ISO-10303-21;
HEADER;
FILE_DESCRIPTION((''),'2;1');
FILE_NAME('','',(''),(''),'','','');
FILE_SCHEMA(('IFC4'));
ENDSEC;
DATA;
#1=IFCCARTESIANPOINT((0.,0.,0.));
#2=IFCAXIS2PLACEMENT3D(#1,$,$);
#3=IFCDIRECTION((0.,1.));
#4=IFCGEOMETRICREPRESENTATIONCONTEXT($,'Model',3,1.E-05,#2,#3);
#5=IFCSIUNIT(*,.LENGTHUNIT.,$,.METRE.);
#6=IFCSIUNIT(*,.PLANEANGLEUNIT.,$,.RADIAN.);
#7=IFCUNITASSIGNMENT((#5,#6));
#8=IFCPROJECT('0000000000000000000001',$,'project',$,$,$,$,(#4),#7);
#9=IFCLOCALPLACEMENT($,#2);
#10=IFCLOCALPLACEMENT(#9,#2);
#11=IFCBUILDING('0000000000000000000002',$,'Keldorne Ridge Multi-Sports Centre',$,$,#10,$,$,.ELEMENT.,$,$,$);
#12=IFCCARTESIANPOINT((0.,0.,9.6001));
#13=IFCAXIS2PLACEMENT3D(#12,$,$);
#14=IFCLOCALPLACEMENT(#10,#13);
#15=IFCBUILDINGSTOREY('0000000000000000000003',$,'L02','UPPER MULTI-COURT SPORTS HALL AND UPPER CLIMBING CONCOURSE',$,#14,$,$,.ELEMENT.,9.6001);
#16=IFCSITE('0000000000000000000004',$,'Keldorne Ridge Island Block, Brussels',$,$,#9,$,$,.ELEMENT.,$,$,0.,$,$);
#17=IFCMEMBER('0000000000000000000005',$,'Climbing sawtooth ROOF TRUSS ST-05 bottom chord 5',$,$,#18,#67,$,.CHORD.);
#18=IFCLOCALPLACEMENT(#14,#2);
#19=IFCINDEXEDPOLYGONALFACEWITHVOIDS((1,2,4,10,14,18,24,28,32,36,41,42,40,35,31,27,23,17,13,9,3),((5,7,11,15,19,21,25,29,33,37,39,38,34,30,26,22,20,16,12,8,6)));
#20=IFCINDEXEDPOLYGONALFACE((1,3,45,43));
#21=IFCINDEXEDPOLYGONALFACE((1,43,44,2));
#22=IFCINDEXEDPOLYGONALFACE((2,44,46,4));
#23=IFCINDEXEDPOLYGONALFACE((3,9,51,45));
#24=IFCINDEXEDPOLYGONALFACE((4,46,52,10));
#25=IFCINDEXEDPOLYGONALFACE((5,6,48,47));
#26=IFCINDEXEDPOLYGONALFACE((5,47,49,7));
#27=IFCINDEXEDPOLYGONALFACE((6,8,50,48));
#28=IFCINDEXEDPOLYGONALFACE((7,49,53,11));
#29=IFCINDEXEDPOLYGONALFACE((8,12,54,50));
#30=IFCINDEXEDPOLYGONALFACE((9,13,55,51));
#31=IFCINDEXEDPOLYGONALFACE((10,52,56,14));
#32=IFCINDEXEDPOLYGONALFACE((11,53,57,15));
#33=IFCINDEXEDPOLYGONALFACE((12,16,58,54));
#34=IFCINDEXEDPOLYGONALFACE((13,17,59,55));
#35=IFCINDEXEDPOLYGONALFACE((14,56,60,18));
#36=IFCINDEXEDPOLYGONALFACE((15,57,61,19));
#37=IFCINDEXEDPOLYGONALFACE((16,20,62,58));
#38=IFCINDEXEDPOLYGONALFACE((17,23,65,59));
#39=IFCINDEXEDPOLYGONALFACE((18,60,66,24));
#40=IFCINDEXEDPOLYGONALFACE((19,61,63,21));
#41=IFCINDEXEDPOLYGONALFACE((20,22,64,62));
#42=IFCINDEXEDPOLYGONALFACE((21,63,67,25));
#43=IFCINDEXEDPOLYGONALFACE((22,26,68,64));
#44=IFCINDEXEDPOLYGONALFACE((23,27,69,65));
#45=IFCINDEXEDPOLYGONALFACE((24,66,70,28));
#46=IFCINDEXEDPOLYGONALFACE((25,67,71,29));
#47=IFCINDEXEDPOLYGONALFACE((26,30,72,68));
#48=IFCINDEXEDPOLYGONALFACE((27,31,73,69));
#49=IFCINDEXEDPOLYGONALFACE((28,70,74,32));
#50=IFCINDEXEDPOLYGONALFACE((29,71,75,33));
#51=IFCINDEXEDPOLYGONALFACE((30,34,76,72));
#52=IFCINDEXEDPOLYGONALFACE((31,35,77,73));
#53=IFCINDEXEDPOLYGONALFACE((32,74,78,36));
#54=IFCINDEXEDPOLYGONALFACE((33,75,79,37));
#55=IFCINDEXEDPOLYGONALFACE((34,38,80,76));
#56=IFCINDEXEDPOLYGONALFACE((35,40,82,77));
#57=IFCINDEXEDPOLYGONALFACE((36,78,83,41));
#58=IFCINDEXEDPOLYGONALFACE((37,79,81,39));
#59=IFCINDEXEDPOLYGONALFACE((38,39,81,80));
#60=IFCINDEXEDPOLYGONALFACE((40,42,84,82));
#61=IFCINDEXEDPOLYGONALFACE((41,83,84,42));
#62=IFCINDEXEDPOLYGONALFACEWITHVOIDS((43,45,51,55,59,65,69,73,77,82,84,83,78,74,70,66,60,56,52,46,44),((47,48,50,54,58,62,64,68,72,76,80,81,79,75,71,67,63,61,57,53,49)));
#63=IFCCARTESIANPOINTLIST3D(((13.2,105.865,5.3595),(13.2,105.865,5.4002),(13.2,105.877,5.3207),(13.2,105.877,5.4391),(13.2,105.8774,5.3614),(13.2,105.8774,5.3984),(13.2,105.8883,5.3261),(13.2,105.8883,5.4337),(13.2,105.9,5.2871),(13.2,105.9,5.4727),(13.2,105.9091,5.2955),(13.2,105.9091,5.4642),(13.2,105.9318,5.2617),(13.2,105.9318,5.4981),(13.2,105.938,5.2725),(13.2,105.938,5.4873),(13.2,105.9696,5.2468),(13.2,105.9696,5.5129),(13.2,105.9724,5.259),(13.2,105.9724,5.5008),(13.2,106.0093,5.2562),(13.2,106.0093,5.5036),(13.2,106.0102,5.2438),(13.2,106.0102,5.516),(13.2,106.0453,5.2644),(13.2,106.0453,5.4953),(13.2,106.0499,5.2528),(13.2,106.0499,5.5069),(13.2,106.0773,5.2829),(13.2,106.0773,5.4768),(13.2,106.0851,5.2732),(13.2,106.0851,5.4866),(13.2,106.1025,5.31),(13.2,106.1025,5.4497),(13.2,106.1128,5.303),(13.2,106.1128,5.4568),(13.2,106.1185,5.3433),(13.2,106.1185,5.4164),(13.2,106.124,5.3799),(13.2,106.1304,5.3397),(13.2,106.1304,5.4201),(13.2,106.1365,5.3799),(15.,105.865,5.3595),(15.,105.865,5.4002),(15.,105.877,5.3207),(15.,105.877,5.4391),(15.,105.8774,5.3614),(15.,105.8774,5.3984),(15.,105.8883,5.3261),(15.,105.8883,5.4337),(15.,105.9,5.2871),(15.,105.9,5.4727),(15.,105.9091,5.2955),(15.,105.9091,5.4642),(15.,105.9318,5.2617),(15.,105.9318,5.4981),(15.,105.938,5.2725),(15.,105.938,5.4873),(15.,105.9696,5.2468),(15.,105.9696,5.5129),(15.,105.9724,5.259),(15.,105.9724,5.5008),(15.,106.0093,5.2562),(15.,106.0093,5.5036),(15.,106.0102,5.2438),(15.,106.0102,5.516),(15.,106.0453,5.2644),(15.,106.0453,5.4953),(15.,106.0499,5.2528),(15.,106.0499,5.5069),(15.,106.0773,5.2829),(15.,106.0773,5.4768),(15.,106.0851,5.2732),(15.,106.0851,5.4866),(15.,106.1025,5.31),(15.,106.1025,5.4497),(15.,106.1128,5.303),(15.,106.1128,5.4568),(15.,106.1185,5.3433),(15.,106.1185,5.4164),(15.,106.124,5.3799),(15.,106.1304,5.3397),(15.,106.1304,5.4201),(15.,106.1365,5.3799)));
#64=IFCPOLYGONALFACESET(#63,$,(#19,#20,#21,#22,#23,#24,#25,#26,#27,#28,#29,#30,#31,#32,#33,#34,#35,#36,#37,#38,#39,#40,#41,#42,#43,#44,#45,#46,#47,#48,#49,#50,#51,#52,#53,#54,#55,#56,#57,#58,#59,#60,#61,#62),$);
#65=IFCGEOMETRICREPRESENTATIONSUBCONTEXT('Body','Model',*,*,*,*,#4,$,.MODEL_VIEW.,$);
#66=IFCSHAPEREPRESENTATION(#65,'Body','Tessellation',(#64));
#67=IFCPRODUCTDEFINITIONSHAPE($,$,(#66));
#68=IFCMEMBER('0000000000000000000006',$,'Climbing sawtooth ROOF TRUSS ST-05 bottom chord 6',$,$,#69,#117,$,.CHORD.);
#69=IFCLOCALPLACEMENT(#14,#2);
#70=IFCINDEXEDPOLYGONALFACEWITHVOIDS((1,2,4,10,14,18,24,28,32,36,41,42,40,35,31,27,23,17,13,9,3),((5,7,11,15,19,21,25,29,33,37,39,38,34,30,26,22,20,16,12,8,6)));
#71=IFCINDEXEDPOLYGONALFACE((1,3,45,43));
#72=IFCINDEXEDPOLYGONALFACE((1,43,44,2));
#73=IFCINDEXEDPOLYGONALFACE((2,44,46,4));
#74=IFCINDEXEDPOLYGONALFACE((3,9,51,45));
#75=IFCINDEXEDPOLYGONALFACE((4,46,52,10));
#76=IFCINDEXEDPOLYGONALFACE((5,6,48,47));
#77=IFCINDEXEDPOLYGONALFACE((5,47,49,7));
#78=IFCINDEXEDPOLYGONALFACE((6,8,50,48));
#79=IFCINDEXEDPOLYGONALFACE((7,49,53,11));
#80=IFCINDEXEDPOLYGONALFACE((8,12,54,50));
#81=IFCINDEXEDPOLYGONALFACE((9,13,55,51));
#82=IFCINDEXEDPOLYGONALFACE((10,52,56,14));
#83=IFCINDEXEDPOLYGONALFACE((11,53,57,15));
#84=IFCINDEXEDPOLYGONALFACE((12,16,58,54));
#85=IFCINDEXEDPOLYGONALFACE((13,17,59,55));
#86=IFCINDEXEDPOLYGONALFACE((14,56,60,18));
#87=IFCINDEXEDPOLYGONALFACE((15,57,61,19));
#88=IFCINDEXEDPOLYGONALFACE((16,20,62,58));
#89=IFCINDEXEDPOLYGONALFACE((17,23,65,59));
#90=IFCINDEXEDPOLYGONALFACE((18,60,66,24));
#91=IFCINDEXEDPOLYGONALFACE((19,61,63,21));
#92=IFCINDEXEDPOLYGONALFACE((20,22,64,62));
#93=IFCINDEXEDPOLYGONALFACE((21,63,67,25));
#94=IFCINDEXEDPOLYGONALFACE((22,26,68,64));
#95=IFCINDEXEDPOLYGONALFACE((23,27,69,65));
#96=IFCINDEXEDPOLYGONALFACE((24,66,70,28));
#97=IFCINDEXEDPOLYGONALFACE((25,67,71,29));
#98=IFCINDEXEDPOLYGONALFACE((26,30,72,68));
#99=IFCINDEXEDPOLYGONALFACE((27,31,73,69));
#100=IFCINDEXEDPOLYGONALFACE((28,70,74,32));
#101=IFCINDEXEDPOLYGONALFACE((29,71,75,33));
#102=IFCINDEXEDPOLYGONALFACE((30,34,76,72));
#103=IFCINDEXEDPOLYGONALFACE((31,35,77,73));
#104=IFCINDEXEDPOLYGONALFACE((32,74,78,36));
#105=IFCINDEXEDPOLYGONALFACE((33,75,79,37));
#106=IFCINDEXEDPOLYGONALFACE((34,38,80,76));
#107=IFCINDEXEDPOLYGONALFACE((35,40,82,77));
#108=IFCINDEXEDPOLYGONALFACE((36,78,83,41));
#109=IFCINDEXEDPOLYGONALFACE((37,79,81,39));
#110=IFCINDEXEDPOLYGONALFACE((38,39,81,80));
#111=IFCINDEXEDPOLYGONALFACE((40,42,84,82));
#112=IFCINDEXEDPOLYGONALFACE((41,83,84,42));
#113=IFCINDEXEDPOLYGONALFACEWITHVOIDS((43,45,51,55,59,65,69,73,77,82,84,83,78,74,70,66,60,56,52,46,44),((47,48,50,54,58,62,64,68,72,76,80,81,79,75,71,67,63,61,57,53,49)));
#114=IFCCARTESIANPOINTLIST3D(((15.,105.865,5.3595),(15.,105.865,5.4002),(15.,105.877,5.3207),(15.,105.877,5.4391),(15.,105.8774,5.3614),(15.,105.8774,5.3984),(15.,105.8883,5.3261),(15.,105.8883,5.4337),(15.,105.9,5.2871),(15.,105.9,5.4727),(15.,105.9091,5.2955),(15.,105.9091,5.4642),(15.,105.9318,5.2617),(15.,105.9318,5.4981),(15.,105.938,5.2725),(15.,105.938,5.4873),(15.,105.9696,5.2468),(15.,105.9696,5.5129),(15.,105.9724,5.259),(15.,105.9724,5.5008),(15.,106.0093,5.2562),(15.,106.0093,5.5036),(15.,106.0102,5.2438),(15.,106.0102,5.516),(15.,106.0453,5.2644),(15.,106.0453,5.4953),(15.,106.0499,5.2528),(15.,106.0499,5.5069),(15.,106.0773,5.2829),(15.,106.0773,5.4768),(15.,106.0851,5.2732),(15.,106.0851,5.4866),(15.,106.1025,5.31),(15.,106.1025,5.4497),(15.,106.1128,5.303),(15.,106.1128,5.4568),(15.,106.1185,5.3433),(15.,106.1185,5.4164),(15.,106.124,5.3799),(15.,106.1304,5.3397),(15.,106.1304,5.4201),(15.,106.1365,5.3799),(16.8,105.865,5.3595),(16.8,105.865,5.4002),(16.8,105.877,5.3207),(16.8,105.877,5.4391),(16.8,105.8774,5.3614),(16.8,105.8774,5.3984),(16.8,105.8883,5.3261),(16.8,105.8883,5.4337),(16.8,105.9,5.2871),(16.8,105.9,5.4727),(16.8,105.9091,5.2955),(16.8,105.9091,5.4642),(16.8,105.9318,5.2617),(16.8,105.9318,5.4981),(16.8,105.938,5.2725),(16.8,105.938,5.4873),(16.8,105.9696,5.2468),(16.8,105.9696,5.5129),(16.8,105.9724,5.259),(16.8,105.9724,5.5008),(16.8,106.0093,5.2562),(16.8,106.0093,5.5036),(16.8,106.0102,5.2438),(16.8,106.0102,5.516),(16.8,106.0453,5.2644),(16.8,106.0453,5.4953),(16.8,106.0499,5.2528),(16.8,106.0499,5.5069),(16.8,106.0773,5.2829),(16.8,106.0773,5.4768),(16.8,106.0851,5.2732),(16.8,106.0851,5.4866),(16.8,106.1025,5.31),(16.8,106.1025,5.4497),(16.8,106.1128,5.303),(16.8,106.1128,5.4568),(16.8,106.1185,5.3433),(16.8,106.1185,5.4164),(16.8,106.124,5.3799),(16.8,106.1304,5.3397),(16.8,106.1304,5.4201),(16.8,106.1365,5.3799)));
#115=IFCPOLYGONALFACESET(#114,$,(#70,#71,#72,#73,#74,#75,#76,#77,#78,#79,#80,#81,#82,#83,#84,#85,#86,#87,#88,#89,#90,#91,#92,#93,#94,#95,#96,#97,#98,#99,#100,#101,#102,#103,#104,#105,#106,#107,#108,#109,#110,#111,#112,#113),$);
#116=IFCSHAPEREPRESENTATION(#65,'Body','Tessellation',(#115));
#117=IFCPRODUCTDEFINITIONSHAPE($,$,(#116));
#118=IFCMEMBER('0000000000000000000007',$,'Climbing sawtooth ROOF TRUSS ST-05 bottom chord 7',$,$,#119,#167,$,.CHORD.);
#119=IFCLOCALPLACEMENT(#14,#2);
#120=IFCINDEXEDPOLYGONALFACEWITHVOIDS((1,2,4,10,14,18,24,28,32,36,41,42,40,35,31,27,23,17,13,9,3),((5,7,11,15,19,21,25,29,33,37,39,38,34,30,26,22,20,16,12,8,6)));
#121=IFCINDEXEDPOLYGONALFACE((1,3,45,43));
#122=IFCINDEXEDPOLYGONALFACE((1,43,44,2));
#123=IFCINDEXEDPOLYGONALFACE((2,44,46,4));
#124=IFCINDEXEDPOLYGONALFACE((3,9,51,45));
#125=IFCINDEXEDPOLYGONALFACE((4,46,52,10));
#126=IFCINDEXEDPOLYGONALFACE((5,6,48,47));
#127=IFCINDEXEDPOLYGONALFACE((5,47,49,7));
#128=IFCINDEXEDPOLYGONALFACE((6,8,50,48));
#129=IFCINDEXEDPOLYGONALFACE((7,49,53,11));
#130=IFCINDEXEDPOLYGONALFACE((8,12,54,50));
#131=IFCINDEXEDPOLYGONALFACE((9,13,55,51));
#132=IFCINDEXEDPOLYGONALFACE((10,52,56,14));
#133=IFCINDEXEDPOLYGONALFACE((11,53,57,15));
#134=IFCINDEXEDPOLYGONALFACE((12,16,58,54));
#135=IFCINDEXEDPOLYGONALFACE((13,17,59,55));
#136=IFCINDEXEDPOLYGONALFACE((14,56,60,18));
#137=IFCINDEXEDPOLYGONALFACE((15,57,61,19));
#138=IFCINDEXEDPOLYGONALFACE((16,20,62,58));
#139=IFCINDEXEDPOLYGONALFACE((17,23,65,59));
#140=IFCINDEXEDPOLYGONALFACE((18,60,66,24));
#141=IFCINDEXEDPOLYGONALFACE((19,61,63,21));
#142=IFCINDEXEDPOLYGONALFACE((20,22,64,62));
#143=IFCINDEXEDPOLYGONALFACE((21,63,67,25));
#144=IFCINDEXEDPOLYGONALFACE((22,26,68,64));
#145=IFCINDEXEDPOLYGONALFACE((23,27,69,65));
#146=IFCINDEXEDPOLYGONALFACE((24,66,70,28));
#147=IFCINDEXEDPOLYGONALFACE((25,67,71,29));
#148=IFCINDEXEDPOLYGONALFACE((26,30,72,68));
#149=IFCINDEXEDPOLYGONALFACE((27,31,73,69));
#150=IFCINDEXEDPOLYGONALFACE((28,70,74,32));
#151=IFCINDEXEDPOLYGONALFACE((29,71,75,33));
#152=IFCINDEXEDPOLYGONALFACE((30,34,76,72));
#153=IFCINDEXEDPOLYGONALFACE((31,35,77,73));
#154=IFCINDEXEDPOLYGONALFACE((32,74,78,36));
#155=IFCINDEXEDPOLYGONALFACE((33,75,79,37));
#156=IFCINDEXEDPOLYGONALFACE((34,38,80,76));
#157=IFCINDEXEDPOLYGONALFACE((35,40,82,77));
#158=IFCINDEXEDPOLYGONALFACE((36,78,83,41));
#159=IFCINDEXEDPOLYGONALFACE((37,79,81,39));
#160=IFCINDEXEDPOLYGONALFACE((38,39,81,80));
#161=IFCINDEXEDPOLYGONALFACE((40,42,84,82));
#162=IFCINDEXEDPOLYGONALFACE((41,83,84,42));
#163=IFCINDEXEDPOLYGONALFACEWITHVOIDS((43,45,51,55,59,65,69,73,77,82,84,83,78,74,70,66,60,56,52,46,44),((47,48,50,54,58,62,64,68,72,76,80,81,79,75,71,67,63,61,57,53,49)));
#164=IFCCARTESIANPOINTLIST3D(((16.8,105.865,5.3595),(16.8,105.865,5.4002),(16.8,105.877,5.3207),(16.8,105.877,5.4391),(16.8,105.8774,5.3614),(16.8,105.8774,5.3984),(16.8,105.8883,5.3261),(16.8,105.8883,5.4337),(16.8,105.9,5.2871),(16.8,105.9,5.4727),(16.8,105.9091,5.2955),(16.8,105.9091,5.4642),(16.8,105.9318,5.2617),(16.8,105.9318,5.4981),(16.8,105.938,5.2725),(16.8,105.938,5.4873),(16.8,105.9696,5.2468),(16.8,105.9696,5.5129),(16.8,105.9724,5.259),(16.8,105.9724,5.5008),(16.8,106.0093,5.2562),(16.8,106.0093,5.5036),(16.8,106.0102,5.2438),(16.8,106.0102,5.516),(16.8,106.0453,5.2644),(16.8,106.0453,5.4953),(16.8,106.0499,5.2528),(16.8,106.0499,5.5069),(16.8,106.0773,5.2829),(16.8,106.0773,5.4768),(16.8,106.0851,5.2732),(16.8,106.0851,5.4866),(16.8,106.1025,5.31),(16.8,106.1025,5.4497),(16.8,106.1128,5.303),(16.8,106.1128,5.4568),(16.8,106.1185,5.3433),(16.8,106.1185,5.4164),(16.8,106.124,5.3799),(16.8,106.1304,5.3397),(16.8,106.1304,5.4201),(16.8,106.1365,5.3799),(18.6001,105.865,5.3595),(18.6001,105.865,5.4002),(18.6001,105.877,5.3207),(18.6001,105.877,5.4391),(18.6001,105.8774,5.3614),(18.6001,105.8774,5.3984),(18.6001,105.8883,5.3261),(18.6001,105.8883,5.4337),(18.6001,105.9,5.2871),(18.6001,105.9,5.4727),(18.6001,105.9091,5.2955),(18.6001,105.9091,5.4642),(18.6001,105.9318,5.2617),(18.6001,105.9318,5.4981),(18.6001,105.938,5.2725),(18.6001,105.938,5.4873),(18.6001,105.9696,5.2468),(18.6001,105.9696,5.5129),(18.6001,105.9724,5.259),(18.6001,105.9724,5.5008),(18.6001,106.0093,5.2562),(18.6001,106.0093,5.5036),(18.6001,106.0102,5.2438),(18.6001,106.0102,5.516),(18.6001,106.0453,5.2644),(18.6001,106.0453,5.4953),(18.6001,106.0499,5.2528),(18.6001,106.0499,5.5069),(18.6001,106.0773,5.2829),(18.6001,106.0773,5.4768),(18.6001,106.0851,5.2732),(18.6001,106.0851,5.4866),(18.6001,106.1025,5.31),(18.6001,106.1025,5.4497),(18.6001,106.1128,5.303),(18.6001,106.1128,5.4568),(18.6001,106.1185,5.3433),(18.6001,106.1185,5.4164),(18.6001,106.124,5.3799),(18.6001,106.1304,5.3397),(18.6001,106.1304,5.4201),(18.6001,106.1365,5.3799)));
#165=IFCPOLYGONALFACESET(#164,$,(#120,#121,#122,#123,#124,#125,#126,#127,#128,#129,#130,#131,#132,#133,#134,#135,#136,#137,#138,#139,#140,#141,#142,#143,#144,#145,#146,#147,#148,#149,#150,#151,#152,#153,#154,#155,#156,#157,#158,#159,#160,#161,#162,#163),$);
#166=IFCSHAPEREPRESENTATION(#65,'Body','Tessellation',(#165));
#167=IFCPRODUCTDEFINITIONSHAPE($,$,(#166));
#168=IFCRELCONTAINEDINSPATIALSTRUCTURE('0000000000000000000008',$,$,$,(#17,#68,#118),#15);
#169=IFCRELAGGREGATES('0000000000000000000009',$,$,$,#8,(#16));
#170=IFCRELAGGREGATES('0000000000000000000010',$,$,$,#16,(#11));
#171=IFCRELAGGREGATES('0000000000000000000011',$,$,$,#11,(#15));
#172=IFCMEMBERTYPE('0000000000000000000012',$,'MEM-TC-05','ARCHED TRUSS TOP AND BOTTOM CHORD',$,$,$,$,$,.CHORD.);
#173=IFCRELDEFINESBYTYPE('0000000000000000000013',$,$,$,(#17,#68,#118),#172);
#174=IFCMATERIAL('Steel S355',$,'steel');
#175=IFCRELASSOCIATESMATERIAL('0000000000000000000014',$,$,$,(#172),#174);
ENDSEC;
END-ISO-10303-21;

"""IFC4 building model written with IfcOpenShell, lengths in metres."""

from ifc_helpers import new_model, si_unit, direction, frame, origin, origin_2d, place, context, subcontext, project, spatial, hollow_circle, extrude, material, material_profile, profile_set, type_object, element, save


model = new_model("IFC4")

# Units and contexts
model_context = context("Model", 3, precision=1e-05, world=origin(), true_north=direction((0.0, 1.0)))
body_context = subcontext(model_context, "Body", "Model", "MODEL_VIEW")
ifc_project = project(units=[si_unit("LENGTHUNIT", "METRE"), si_unit("PLANEANGLEUNIT", "RADIAN")], contexts=[model_context])

# Site, building, storey
site_placement = place(None, origin())
site = spatial("IfcSite", under=ifc_project, at=site_placement, Name="Keldorne Ridge Island Block, Brussels", CompositionType="ELEMENT", RefElevation=0.0)
building_placement = place(site_placement, origin())
building = spatial("IfcBuilding", under=site, at=building_placement, Name="Keldorne Ridge Multi-Sports Centre", CompositionType="ELEMENT")
storey_placement = place(building_placement, frame((0.0, 0.0, 9.6001)))
storey = spatial("IfcBuildingStorey", under=building, at=storey_placement, Name="L02", Description="UPPER MULTI-COURT SPORTS HALL AND UPPER CLIMBING CONCOURSE", CompositionType="ELEMENT", Elevation=9.6001)

# Shared definitions
ifc_material_1 = material(Name="Steel S355", Category="steel")

# Members
ifc_material_profile_1 = material_profile(ifc_material_1, hollow_circle(Radius=0.1365, WallThickness=0.0125, at=origin_2d()), Name="CHS 273x12.5")
ifc_profile_set_1 = profile_set([ifc_material_profile_1], Name="Steel S355")
member_type_1 = type_object("IfcMemberType", Name="MEM-TC-05", Description="ARCHED TRUSS TOP AND BOTTOM CHORD", PredefinedType="CHORD", material=ifc_profile_set_1)
for number, where, z_axis, x_axis, name in (
    (1, (13.2, 106.0, 5.3799), (1.0, 0.0, 0.0), (0.0, 1.0, 0.0), "Climbing sawtooth ROOF TRUSS ST-05 bottom chord 5"),
    (2, (15.0, 106.0, 5.3799), (1.0, 0.0, 0.0), (0.0, 1.0, 0.0), "Climbing sawtooth ROOF TRUSS ST-05 bottom chord 6"),
    (3, (16.8, 106.0, 5.3799), (1.0, 0.0, 0.0), (0.0, 1.0, 0.0), "Climbing sawtooth ROOF TRUSS ST-05 bottom chord 7"),
):
    element("IfcMember", number, at=place(storey_placement, frame(where, z_axis=z_axis, x_axis=x_axis)), inside=storey, type_object=member_type_1, Name=name, PredefinedType="CHORD", context=body_context, shape_type="SweptSolid", body=[
        extrude(hollow_circle(Radius=0.1365, WallThickness=0.0125, at=origin_2d()), origin(), (0.0, 0.0, 1.0), 1.8),
    ])

save(model, "model.ifc")
